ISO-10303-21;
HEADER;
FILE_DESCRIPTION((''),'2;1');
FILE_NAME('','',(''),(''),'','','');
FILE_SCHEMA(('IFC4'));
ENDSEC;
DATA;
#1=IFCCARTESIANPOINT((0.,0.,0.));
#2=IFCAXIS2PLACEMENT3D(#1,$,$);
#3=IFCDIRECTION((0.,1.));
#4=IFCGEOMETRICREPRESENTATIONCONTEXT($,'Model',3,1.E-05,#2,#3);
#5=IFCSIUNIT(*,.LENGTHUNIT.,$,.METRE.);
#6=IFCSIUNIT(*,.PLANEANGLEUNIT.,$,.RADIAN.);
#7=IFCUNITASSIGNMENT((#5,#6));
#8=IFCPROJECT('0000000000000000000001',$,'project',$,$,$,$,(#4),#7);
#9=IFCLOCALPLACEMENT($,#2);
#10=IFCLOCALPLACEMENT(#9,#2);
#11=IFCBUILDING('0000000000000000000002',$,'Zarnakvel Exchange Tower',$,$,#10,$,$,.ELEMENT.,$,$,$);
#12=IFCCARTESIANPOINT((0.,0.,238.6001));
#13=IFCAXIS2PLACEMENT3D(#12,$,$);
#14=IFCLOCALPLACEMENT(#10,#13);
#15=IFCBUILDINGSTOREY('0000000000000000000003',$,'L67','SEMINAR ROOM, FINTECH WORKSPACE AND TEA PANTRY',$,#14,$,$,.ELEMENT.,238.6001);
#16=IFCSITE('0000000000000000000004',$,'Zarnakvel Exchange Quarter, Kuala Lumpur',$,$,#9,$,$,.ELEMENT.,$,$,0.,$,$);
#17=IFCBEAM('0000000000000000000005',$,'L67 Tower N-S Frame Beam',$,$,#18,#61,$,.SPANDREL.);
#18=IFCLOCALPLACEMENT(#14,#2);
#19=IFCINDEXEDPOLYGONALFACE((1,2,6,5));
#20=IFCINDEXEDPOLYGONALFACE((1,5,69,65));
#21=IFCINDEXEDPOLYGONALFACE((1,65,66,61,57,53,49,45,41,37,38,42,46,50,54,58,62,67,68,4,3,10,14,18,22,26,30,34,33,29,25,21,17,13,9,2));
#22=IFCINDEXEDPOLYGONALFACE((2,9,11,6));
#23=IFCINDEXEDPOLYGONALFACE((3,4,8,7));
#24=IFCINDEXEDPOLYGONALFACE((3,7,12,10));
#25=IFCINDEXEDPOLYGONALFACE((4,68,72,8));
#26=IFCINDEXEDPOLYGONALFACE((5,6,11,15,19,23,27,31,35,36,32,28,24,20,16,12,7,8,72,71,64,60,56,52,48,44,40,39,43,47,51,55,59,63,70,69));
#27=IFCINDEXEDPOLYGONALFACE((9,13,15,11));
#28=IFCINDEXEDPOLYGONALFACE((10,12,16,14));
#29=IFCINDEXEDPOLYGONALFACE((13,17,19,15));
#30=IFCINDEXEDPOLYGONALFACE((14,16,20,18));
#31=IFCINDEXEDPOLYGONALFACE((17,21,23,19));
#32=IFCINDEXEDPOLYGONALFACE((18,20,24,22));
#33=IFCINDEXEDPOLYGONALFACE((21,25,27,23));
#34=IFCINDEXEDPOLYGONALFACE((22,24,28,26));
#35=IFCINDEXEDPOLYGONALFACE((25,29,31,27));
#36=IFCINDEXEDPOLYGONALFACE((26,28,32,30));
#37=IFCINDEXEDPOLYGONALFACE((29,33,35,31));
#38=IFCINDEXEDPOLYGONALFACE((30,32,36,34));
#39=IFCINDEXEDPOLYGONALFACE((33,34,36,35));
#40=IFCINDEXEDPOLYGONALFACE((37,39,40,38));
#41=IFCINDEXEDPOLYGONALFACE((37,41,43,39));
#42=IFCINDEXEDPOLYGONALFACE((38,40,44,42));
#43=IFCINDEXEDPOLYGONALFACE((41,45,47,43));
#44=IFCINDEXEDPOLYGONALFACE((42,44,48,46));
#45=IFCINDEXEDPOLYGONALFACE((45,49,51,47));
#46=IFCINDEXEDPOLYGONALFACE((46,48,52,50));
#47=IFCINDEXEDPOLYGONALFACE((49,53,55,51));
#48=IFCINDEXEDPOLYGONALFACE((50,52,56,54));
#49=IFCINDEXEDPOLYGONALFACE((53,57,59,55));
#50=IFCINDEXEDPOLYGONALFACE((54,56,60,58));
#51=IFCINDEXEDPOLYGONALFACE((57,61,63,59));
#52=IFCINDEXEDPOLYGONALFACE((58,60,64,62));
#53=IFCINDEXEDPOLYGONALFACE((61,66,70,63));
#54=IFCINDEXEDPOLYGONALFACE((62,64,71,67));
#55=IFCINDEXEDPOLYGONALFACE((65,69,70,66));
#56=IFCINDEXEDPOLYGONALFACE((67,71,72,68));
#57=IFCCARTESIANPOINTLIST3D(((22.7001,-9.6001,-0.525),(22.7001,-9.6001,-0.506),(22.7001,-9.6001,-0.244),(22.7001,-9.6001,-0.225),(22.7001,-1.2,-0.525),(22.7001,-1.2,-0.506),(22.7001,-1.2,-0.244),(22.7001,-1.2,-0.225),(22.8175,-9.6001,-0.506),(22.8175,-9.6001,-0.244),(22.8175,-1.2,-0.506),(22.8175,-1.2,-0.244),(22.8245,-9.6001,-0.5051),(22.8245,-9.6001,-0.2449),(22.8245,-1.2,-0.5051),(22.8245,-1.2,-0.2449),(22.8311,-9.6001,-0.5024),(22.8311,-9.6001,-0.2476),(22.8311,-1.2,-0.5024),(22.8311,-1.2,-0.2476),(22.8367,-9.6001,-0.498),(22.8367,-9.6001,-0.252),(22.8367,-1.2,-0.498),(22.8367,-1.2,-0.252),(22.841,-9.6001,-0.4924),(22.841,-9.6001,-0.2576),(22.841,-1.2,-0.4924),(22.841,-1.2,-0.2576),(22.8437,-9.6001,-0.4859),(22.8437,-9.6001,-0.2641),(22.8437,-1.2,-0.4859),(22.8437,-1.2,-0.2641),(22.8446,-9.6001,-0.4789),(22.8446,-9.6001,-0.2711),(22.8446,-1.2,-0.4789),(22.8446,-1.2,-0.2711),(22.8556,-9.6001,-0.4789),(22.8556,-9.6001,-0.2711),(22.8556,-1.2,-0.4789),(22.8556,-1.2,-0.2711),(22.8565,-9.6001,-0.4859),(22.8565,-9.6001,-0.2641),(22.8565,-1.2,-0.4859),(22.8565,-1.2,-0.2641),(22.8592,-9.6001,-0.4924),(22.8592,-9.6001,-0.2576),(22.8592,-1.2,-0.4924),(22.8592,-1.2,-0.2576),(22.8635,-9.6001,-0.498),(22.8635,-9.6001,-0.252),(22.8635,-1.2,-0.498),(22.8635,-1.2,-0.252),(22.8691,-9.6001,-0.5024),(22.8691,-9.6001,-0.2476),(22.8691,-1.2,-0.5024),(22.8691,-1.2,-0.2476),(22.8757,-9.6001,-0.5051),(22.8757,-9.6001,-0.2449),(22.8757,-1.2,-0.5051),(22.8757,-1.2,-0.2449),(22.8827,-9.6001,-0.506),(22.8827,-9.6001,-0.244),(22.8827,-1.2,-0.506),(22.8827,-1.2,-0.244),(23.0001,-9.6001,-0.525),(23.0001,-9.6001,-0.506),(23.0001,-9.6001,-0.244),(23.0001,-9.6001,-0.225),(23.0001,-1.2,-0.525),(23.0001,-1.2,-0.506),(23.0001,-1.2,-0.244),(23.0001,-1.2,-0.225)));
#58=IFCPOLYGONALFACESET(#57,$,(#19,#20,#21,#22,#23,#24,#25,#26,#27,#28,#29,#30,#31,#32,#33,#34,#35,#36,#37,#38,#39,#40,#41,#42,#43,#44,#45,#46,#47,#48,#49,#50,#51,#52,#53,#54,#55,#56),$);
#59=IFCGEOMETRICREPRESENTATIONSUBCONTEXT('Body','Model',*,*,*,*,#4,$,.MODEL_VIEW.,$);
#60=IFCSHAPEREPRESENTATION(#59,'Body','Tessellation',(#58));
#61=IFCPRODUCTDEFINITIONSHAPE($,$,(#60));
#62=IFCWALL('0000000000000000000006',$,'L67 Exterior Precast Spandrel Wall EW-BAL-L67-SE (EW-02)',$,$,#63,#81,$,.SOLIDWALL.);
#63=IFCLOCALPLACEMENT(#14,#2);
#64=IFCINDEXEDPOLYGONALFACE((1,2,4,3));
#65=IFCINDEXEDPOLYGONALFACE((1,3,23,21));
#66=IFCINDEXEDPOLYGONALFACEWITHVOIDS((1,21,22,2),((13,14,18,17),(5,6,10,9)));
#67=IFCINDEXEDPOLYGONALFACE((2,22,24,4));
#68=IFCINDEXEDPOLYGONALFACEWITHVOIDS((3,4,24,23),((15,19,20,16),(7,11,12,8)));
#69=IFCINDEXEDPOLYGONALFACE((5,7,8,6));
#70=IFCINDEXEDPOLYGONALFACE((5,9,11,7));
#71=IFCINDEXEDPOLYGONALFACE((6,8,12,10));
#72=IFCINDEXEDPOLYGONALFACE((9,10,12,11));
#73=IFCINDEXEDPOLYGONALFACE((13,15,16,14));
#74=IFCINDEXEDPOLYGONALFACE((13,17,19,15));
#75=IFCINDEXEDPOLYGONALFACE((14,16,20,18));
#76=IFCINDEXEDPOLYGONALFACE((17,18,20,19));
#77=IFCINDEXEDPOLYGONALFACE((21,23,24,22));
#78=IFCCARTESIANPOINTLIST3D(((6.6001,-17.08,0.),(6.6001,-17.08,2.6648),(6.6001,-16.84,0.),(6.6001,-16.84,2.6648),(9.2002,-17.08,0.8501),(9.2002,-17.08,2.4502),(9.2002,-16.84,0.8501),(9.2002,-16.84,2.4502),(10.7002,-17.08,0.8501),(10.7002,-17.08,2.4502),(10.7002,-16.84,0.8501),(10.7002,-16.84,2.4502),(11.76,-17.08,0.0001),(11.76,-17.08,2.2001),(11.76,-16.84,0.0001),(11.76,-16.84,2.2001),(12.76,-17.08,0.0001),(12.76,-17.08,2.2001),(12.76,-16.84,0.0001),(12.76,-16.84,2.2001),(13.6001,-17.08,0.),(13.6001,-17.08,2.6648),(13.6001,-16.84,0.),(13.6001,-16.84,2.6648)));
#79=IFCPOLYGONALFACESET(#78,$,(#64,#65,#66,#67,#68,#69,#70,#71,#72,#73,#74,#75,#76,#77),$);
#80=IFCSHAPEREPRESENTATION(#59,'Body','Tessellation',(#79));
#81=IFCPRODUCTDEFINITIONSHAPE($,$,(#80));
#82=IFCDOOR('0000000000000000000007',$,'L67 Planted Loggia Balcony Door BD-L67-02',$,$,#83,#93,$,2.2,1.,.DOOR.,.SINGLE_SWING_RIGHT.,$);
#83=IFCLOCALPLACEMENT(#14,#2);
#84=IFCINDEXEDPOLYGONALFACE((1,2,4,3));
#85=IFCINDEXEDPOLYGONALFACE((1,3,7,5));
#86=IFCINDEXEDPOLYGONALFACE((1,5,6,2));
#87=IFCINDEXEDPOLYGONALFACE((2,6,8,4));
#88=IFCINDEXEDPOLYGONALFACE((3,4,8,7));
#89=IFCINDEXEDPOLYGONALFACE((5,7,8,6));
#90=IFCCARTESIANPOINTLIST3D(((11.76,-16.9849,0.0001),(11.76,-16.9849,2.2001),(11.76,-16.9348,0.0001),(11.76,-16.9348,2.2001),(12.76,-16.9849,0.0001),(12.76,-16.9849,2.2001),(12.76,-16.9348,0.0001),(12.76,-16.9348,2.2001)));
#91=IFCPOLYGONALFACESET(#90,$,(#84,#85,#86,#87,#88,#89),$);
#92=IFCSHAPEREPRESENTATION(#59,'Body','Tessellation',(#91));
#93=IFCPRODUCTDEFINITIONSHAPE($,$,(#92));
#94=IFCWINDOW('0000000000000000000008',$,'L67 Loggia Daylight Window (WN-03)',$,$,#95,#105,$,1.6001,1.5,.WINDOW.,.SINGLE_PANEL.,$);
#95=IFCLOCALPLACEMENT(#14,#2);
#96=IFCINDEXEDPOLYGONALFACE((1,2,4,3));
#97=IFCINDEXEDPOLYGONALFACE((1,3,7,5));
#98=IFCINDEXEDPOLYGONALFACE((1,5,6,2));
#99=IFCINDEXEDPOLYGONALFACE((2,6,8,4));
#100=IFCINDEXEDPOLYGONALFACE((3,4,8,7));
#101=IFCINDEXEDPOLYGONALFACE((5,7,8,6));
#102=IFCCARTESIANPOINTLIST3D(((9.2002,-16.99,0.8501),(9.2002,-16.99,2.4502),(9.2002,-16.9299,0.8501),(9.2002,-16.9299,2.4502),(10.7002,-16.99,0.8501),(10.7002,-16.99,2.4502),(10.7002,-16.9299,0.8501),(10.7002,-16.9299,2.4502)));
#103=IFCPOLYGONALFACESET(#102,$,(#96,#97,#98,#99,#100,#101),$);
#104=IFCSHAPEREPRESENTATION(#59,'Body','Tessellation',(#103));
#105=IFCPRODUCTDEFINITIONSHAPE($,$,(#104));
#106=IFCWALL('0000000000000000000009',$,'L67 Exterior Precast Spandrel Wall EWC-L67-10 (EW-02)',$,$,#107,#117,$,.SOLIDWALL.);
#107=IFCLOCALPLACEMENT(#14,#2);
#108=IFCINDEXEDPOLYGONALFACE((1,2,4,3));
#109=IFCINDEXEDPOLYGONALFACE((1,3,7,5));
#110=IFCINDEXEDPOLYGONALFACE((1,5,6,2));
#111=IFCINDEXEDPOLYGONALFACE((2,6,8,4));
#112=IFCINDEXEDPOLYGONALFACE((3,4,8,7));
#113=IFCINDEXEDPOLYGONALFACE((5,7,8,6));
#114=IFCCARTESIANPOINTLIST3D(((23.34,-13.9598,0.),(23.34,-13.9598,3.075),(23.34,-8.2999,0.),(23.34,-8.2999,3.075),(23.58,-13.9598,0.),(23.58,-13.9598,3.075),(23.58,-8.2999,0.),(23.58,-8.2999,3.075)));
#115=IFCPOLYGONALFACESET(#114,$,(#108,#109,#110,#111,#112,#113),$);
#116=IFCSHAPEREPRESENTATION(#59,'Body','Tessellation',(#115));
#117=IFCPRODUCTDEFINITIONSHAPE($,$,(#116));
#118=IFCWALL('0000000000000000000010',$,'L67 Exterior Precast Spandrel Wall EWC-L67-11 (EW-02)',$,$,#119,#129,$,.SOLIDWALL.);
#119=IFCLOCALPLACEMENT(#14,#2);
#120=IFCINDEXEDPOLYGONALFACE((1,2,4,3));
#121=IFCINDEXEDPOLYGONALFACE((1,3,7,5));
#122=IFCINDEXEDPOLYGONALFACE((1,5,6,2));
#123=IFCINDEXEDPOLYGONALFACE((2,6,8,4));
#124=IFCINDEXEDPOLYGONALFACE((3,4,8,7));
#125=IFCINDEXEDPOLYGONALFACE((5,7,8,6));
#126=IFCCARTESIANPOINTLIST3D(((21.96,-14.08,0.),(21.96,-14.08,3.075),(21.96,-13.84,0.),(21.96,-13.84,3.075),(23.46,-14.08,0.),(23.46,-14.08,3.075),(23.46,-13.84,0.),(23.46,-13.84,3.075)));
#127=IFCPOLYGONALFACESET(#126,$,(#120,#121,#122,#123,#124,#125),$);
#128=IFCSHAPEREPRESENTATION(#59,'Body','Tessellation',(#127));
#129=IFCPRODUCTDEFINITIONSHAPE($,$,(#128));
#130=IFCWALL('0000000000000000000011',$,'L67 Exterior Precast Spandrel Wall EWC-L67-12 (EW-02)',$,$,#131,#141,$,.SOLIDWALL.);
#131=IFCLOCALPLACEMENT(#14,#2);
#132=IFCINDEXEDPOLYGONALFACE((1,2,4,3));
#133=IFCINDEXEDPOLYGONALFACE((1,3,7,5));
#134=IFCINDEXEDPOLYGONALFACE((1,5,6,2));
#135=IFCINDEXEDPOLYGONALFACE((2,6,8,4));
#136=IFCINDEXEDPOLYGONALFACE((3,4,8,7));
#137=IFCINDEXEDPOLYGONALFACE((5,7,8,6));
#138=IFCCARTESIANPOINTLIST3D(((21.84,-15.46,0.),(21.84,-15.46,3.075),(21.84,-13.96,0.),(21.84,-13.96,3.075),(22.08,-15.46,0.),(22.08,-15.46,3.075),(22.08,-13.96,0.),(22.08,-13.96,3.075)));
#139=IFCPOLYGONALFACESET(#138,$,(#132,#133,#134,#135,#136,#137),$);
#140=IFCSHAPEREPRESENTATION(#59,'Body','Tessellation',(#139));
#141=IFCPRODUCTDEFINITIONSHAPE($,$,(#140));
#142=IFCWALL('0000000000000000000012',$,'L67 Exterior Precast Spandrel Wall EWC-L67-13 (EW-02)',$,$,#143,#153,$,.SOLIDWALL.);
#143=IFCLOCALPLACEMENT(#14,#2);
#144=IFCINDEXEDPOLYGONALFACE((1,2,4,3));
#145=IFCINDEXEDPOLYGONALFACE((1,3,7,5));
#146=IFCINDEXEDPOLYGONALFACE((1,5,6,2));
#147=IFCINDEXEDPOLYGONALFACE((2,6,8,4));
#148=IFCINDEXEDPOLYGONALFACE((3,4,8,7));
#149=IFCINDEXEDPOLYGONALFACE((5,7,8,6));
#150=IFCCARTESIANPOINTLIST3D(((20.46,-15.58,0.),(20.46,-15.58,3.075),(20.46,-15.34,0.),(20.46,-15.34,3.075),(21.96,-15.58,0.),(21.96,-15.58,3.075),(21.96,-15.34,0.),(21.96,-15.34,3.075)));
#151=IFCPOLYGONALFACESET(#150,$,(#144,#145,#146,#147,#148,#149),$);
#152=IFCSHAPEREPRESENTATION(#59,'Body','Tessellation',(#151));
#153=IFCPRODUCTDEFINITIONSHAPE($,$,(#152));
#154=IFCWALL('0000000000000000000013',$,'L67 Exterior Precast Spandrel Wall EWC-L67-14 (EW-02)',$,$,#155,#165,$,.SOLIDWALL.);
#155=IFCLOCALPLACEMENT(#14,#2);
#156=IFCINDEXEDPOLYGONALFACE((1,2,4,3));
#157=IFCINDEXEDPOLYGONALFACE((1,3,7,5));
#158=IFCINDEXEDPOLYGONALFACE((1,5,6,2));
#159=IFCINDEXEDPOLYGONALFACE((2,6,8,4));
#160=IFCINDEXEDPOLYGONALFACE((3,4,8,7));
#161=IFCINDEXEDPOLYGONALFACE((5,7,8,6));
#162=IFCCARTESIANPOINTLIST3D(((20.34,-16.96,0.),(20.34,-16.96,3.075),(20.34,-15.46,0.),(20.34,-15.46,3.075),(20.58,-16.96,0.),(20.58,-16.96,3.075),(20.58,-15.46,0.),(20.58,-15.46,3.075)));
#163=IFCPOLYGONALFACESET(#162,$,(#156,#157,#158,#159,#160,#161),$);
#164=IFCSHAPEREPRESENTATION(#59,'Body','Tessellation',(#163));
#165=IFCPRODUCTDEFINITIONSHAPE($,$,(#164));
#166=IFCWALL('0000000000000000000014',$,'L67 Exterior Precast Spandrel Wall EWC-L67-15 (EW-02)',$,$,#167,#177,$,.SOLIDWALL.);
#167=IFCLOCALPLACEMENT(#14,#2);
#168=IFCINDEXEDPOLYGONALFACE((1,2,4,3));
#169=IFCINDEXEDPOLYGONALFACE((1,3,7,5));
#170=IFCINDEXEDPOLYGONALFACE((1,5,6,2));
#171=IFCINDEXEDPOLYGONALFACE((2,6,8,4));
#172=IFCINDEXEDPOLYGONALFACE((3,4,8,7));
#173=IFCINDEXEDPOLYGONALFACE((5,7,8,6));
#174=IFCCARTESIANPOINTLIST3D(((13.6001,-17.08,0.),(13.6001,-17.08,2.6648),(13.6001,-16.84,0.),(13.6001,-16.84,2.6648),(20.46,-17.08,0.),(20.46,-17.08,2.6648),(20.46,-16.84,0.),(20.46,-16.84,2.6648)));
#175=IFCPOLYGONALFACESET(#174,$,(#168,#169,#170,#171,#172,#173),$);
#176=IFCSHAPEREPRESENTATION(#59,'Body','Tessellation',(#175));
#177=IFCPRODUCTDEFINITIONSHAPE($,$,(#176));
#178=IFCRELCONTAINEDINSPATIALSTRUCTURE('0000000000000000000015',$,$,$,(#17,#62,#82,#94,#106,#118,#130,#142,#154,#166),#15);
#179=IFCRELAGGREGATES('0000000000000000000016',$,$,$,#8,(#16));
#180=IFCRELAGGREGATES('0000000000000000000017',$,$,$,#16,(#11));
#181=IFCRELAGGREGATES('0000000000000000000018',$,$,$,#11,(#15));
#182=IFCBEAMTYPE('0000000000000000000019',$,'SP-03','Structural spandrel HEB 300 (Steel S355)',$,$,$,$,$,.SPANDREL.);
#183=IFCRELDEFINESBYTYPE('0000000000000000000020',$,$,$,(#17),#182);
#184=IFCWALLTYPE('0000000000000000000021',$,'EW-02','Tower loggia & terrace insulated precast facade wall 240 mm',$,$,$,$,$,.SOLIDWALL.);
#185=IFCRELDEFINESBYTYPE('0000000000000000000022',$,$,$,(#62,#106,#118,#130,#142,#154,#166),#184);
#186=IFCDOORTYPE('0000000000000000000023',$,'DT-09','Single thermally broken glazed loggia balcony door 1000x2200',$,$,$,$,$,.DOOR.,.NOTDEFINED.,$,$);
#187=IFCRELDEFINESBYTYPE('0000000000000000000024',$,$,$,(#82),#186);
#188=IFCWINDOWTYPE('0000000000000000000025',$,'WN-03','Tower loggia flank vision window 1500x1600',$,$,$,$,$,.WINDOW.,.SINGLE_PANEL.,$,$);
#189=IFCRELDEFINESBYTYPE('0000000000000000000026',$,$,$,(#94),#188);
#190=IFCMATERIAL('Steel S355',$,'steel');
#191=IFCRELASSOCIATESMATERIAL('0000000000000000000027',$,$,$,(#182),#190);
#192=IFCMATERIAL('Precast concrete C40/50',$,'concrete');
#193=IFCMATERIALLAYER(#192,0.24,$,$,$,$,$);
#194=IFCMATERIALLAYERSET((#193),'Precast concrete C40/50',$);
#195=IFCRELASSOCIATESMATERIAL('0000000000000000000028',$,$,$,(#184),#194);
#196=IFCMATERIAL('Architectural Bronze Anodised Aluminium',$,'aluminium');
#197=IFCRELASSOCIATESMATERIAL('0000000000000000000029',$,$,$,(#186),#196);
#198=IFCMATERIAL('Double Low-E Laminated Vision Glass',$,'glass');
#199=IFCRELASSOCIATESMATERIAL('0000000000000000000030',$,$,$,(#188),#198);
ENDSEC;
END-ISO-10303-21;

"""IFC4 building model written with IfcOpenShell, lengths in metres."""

from ifc_helpers import new_model, si_unit, direction, frame, frame_2d, origin, origin_2d, place, context, subcontext, project, spatial, rectangle, i_section, extrude, source, transform, mapped, material, layer, layer_set, material_profile, profile_set, type_object, element, fill, save


model = new_model("IFC4")

# Units and contexts
model_context = context("Model", 3, precision=1e-05, world=origin(), true_north=direction((0.0, 1.0)))
body_context = subcontext(model_context, "Body", "Model", "MODEL_VIEW")
ifc_project = project(units=[si_unit("LENGTHUNIT", "METRE"), si_unit("PLANEANGLEUNIT", "RADIAN")], contexts=[model_context])

# Site, building, storey
site_placement = place(None, origin())
site = spatial("IfcSite", under=ifc_project, at=site_placement, Name="Zarnakvel Exchange Quarter, Kuala Lumpur", CompositionType="ELEMENT", RefElevation=0.0)
building_placement = place(site_placement, origin())
building = spatial("IfcBuilding", under=site, at=building_placement, Name="Zarnakvel Exchange Tower", CompositionType="ELEMENT")
storey_placement = place(building_placement, frame((0.0, 0.0, 238.6001)))
storey = spatial("IfcBuildingStorey", under=building, at=storey_placement, Name="L67", Description="SEMINAR ROOM, FINTECH WORKSPACE AND TEA PANTRY", CompositionType="ELEMENT", Elevation=238.6001)

# Shared definitions
ifc_material_1 = material(Name="Steel S355", Category="steel")

# Beam
ifc_material_profile_1 = material_profile(ifc_material_1, i_section(OverallWidth=0.3, OverallDepth=0.3, WebThickness=0.011, FlangeThickness=0.019, FilletRadius=0.0271, at=origin_2d()))
ifc_profile_set_1 = profile_set([ifc_material_profile_1], Name="Steel S355")
beam_type_1 = type_object("IfcBeamType", Name="SP-03", Description="Structural spandrel HEB 300 (Steel S355)", PredefinedType="SPANDREL", material=ifc_profile_set_1)
beam_1_placement = place(storey_placement, frame((22.8501, -9.6001, -0.375), z_axis=(0.0, 1.0, 0.0), x_axis=(-1.0, 0.0, 0.0)))
element("IfcBeam", 1, at=beam_1_placement, inside=storey, type_object=beam_type_1, Name="L67 Tower N-S Frame Beam", PredefinedType="SPANDREL", context=body_context, shape_type="SweptSolid", body=[
    extrude(i_section(OverallWidth=0.3, OverallDepth=0.3, WebThickness=0.011, FlangeThickness=0.019, FilletRadius=0.0271, at=origin_2d()), origin(), (0.0, 0.0, 1.0), 8.4001),
])

# Wall, openings, door, window
ifc_material_2 = material(Name="Precast concrete C40/50", Category="concrete")
ifc_layer_1 = layer(ifc_material_2, 0.24)
ifc_layer_set_1 = layer_set([ifc_layer_1], Name="Precast concrete C40/50")
wall_type_1 = type_object("IfcWallType", Name="EW-02", Description="Tower loggia & terrace insulated precast facade wall 240 mm", PredefinedType="SOLIDWALL", material=ifc_layer_set_1)
wall_1_placement = place(storey_placement, frame((13.6001, -16.96, 0.0), z_axis=(0.0, 0.0, 1.0), x_axis=(-1.0, 0.0, 0.0)))
wall_1 = element("IfcWall", 2, at=wall_1_placement, inside=storey, type_object=wall_type_1, Name="L67 Exterior Precast Spandrel Wall EW-BAL-L67-SE (EW-02)", PredefinedType="SOLIDWALL", context=body_context, shape_type="SweptSolid", body=[
    extrude(rectangle(XDim=7.0, YDim=0.24, at=frame_2d((3.5, 0.0))), origin(), (0.0, 0.0, 1.0), 2.6648),
])
opening_1_placement = place(wall_1_placement, frame((0.8401, 0.0, 0.0)))
opening_1 = element("IfcOpeningElement", 3, at=opening_1_placement, cuts=wall_1, PredefinedType="OPENING", context=body_context, shape_type="SweptSolid", body=[
    extrude(rectangle(XDim=1.0, YDim=2.2, at=frame_2d((0.5, 1.1001))), frame((0.0, 0.1299, 0.0), z_axis=(0.0, -1.0, 0.0), x_axis=(1.0, 0.0, 0.0)), (0.0, 0.0, 1.0), 0.26),
])
opening_2_placement = place(wall_1_placement, frame((2.8999, 0.0, 0.8501)))
opening_2 = element("IfcOpeningElement", 4, at=opening_2_placement, cuts=wall_1, PredefinedType="OPENING", context=body_context, shape_type="SweptSolid", body=[
    extrude(rectangle(XDim=1.5, YDim=1.6001, at=frame_2d((0.75, 0.8))), frame((0.0, 0.1299, 0.0), z_axis=(0.0, -1.0, 0.0), x_axis=(1.0, 0.0, 0.0)), (0.0, 0.0, 1.0), 0.26),
])
ifc_material_3 = material(Name="Architectural Bronze Anodised Aluminium", Category="aluminium")
door_type_1 = type_object("IfcDoorType", Name="DT-09", Description="Single thermally broken glazed loggia balcony door 1000x2200", OperationType="NOTDEFINED", PredefinedType="DOOR", material=ifc_material_3)
shared_shape_1 = source(origin(), body_context, "Body", "SweptSolid", [
    extrude(rectangle(XDim=1.0, YDim=2.2, at=frame_2d((0.5, 1.1001))), frame((0.0, 0.0249, 0.0), z_axis=(0.0, -1.0, 0.0), x_axis=(1.0, 0.0, 0.0)), (0.0, 0.0, 1.0), 0.05),
])
door_1_placement = place(opening_1_placement, origin())
door_1 = element("IfcDoor", 5, at=door_1_placement, inside=storey, type_object=door_type_1, Name="L67 Planted Loggia Balcony Door BD-L67-02", OperationType="SINGLE_SWING_RIGHT", OverallHeight=2.2, OverallWidth=1.0, PredefinedType="DOOR", context=body_context, shape_type="MappedRepresentation", body=[
    mapped(shared_shape_1, transform((0.0, 0.0, 0.0), x_axis=(1.0, 0.0, 0.0), y_axis=(0.0, 1.0, 0.0), z_axis=(0.0, 0.0, 1.0), scale=1.0)),
])
fill(opening_1, door_1)
ifc_material_4 = material(Name="Double Low-E Laminated Vision Glass", Category="glass")
window_type = type_object("IfcWindowType", Name="WN-03", Description="Tower loggia flank vision window 1500x1600", PartitioningType="SINGLE_PANEL", PredefinedType="WINDOW", material=ifc_material_4)
shared_shape_2 = source(origin(), body_context, "Body", "SweptSolid", [
    extrude(rectangle(XDim=1.5, YDim=1.6001, at=frame_2d((0.75, 0.8))), frame((0.0, 0.03, 0.0), z_axis=(0.0, -1.0, 0.0), x_axis=(1.0, 0.0, 0.0)), (0.0, 0.0, 1.0), 0.0601),
])
window_placement = place(opening_2_placement, origin())
window = element("IfcWindow", 6, at=window_placement, inside=storey, type_object=window_type, Name="L67 Loggia Daylight Window (WN-03)", OverallHeight=1.6001, OverallWidth=1.5, PartitioningType="SINGLE_PANEL", PredefinedType="WINDOW", context=body_context, shape_type="MappedRepresentation", body=[
    mapped(shared_shape_2, transform((0.0, 0.0, 0.0), x_axis=(1.0, 0.0, 0.0), y_axis=(0.0, 1.0, 0.0), z_axis=(0.0, 0.0, 1.0), scale=1.0)),
])
fill(opening_2, window)

# Walls
wall_2_placement = place(storey_placement, frame((23.46, -13.96, 0.0), z_axis=(0.0, 0.0, 1.0), x_axis=(0.0, 1.0, 0.0)))
element("IfcWall", 7, at=wall_2_placement, inside=storey, type_object=wall_type_1, Name="L67 Exterior Precast Spandrel Wall EWC-L67-10 (EW-02)", PredefinedType="SOLIDWALL", context=body_context, shape_type="SweptSolid", body=[
    extrude(rectangle(XDim=5.6599, YDim=0.24, at=frame_2d((2.8301, 0.0))), origin(), (0.0, 0.0, 1.0), 3.075),
])
for number, where, z_axis, x_axis, name in (
    (8, (21.96, -13.96, 0.0), (0.0, 0.0, 1.0), (1.0, 0.0, 0.0), "L67 Exterior Precast Spandrel Wall EWC-L67-11 (EW-02)"),
    (9, (21.96, -15.46, 0.0), (0.0, 0.0, 1.0), (0.0, 1.0, 0.0), "L67 Exterior Precast Spandrel Wall EWC-L67-12 (EW-02)"),
    (10, (20.46, -15.46, 0.0), (0.0, 0.0, 1.0), (1.0, 0.0, 0.0), "L67 Exterior Precast Spandrel Wall EWC-L67-13 (EW-02)"),
    (11, (20.46, -16.96, 0.0), (0.0, 0.0, 1.0), (0.0, 1.0, 0.0), "L67 Exterior Precast Spandrel Wall EWC-L67-14 (EW-02)"),
):
    element("IfcWall", number, at=place(storey_placement, frame(where, z_axis=z_axis, x_axis=x_axis)), inside=storey, type_object=wall_type_1, Name=name, PredefinedType="SOLIDWALL", context=body_context, shape_type="SweptSolid", body=[
        extrude(rectangle(XDim=1.5, YDim=0.24, at=frame_2d((0.75, 0.0))), origin(), (0.0, 0.0, 1.0), 3.075),
    ])
wall_3_placement = place(storey_placement, frame((13.6001, -16.96, 0.0), z_axis=(0.0, 0.0, 1.0), x_axis=(1.0, 0.0, 0.0)))
element("IfcWall", 12, at=wall_3_placement, inside=storey, type_object=wall_type_1, Name="L67 Exterior Precast Spandrel Wall EWC-L67-15 (EW-02)", PredefinedType="SOLIDWALL", context=body_context, shape_type="SweptSolid", body=[
    extrude(rectangle(XDim=6.8599, YDim=0.24, at=frame_2d((3.4299, 0.0))), origin(), (0.0, 0.0, 1.0), 2.6648),
])

save(model, "model.ifc")
